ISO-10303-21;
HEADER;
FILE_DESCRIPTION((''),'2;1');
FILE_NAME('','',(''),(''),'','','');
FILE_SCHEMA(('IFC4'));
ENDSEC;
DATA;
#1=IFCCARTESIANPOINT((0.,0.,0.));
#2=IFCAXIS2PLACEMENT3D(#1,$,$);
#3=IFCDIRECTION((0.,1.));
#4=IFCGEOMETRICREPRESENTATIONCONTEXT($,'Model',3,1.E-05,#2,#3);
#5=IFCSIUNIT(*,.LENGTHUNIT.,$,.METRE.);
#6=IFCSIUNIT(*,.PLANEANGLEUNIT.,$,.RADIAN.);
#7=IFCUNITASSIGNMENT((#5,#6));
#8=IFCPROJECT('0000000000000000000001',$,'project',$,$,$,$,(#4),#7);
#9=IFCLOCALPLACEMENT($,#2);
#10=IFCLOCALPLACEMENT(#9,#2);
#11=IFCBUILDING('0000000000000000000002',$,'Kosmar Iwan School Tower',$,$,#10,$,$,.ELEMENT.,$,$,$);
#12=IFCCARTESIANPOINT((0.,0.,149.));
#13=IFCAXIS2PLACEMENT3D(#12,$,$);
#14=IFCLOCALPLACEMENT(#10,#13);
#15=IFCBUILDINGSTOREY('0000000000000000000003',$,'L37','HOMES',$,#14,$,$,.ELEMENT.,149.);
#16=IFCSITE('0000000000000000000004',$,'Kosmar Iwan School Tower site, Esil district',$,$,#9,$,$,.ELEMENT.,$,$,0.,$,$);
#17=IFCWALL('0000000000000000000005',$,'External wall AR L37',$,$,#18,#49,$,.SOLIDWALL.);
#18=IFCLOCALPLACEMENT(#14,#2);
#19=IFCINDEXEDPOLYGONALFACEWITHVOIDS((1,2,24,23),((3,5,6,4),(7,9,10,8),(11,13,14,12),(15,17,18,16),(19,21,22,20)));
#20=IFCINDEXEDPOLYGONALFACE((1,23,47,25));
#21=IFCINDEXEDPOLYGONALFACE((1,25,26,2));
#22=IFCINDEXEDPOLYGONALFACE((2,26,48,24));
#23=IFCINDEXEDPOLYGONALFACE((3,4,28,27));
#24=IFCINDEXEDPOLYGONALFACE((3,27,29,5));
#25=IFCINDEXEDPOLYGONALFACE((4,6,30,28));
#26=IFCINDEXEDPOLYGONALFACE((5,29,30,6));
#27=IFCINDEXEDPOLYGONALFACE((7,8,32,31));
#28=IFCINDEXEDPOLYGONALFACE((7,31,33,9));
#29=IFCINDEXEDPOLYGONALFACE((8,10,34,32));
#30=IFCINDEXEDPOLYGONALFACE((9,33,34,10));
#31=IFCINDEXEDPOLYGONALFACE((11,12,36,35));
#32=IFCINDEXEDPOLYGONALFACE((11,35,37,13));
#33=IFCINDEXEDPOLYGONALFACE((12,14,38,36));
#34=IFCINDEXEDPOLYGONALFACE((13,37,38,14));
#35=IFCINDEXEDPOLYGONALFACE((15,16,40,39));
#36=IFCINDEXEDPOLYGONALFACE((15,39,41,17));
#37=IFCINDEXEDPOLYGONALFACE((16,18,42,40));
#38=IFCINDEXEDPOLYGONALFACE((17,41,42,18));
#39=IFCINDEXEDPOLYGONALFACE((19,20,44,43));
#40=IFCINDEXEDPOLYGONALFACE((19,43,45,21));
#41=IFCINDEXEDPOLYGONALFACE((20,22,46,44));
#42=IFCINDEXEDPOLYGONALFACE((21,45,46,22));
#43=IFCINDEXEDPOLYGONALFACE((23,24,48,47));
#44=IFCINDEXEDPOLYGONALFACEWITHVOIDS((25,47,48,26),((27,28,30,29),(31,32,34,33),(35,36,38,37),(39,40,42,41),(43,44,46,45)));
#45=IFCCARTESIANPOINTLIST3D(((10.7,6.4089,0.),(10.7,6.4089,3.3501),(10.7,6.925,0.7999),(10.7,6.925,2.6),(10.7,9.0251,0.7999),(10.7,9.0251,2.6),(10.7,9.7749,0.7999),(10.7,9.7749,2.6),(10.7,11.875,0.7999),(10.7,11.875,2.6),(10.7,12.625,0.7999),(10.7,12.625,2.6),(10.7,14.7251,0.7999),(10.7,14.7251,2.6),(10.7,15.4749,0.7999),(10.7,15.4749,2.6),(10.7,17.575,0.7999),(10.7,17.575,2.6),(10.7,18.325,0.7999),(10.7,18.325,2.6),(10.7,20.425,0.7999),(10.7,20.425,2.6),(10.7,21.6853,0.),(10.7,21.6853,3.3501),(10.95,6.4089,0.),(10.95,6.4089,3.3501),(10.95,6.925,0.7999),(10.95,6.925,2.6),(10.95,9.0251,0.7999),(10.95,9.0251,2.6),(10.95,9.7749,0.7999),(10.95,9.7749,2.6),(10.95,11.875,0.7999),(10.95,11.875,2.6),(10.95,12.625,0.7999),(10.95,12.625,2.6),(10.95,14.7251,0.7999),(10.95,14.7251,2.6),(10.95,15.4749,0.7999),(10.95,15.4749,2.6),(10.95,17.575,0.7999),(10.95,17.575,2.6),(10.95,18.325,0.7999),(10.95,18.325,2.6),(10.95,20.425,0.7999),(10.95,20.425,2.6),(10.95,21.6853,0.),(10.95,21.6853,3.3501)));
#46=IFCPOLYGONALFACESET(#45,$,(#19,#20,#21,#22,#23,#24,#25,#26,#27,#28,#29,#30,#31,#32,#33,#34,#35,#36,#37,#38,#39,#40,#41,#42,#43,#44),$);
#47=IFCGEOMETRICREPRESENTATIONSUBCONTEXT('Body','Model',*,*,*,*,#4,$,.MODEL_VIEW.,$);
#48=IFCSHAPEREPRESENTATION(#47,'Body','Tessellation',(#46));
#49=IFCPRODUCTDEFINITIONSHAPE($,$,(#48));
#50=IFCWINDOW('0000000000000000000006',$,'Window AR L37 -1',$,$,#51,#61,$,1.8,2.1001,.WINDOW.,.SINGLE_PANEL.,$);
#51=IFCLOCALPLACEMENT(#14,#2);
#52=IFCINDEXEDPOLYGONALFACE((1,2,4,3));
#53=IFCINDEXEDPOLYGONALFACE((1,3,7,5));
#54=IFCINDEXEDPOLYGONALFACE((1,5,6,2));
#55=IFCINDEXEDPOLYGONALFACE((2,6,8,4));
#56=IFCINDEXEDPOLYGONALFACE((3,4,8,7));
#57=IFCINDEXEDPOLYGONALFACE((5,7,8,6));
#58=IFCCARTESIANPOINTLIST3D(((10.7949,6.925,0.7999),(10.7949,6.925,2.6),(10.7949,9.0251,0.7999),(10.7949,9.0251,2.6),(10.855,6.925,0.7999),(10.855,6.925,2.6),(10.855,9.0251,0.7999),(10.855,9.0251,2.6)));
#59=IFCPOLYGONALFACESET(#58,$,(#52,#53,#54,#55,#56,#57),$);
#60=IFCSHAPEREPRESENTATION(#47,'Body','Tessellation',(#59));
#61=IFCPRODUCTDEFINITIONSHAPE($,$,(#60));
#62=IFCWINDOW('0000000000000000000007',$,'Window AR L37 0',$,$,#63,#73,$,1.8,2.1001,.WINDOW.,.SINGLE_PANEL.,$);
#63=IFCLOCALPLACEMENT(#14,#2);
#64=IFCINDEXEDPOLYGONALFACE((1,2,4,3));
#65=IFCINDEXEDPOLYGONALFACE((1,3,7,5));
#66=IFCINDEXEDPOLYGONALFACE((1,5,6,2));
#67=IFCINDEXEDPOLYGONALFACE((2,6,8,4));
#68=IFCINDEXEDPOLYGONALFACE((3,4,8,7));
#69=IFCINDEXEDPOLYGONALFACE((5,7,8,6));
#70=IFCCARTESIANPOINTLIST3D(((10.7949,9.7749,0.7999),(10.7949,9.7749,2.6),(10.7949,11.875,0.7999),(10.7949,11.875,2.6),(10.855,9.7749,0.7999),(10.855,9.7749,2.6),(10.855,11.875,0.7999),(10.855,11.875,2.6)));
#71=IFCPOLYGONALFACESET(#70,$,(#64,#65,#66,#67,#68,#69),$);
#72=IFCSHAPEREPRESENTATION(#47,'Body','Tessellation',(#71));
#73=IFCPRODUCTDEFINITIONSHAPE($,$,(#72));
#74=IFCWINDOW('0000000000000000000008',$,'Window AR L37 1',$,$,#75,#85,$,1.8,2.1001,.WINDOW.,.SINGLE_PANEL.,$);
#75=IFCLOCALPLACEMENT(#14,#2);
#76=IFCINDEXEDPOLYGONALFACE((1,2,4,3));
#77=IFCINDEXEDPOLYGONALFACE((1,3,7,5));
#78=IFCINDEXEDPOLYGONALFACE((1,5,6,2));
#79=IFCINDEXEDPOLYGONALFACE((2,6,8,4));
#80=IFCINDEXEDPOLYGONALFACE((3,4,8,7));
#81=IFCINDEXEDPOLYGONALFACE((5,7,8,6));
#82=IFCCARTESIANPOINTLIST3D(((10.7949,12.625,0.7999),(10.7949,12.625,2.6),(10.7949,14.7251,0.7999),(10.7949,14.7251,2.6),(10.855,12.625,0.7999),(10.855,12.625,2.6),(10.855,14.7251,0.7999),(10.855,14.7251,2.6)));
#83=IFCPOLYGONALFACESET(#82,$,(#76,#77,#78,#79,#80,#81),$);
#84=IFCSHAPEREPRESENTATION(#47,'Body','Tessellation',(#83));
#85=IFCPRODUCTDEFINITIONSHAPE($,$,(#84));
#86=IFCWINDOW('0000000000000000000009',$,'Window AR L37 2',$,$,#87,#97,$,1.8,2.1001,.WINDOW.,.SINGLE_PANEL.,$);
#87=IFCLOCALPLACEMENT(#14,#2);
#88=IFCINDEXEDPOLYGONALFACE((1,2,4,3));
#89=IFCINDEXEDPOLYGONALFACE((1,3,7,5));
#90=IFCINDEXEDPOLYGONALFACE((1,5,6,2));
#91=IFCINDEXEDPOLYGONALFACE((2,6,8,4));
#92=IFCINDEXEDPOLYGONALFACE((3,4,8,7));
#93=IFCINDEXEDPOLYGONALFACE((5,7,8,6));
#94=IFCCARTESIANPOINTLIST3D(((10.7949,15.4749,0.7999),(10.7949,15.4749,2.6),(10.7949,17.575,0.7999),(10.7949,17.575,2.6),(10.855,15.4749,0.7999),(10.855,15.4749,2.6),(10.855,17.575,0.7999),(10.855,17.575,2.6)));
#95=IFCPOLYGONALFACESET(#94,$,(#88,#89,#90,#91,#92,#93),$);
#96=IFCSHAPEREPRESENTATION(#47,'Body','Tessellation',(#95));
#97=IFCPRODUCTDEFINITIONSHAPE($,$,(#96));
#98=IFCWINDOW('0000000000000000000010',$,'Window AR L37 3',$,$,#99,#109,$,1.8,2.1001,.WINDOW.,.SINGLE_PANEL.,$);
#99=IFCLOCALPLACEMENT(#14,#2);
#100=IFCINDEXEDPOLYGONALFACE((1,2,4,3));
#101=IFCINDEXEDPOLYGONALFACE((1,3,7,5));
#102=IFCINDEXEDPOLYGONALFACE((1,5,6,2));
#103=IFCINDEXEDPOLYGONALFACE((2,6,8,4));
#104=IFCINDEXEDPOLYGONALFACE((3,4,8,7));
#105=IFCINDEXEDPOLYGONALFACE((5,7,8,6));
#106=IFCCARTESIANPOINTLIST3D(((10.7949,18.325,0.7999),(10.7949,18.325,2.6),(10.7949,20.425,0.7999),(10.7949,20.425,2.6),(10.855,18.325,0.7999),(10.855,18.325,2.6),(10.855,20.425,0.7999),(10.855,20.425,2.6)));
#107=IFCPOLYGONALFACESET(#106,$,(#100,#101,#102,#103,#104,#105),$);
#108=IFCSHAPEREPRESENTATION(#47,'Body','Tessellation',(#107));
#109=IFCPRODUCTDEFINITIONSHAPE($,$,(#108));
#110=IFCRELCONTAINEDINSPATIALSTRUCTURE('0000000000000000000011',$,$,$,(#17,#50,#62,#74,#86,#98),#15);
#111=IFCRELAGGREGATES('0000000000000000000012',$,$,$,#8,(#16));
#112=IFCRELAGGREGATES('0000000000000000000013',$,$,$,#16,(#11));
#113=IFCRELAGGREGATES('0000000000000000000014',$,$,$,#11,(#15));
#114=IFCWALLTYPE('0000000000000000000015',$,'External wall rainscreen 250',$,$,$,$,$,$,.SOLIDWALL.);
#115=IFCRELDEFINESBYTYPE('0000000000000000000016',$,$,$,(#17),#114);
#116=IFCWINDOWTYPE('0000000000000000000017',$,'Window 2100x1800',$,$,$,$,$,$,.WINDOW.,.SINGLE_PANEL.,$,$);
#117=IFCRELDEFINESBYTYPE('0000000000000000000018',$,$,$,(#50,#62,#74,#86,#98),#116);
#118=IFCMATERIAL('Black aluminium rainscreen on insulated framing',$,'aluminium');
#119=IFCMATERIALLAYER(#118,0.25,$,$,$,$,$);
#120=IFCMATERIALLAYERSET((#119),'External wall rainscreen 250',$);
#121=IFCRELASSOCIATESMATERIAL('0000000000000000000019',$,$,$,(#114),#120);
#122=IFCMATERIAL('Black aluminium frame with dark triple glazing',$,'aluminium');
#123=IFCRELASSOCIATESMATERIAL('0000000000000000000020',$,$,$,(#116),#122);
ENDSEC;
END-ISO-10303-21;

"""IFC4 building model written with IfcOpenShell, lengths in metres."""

from ifc_helpers import new_model, si_unit, direction, frame, frame_2d, origin, place, context, subcontext, project, spatial, rectangle, extrude, material, layer, layer_set, type_object, element, fill, save


model = new_model("IFC4")

# Units and contexts
model_context = context("Model", 3, precision=1e-05, world=origin(), true_north=direction((0.0, 1.0)))
body_context = subcontext(model_context, "Body", "Model", "MODEL_VIEW")
ifc_project = project(units=[si_unit("LENGTHUNIT", "METRE"), si_unit("PLANEANGLEUNIT", "RADIAN")], contexts=[model_context])

# Site, building, storey
site_placement = place(None, origin())
site = spatial("IfcSite", under=ifc_project, at=site_placement, Name="Kosmar Iwan School Tower site, Esil district", CompositionType="ELEMENT", RefElevation=0.0)
building_placement = place(site_placement, origin())
building = spatial("IfcBuilding", under=site, at=building_placement, Name="Kosmar Iwan School Tower", CompositionType="ELEMENT")
storey_placement = place(building_placement, frame((0.0, 0.0, 149.0)))
storey = spatial("IfcBuildingStorey", under=building, at=storey_placement, Name="L37", Description="HOMES", CompositionType="ELEMENT", Elevation=149.0)

# Wall, openings, windows
ifc_material_1 = material(Name="Black aluminium rainscreen on insulated framing", Category="aluminium")
ifc_layer = layer(ifc_material_1, 0.25)
ifc_layer_set = layer_set([ifc_layer], Name="External wall rainscreen 250")
wall_type = type_object("IfcWallType", Name="External wall rainscreen 250", PredefinedType="SOLIDWALL", material=ifc_layer_set)
ifc_material_2 = material(Name="Black aluminium frame with dark triple glazing", Category="aluminium")
window_type = type_object("IfcWindowType", Name="Window 2100x1800", PartitioningType="SINGLE_PANEL", PredefinedType="WINDOW", material=ifc_material_2)
wall_1_placement = place(storey_placement, frame((10.825, 6.4089, 0.0), z_axis=(0.0, 0.0, 1.0), x_axis=(0.0, 1.0, 0.0)))
wall_1 = element("IfcWall", 1, at=wall_1_placement, inside=storey, type_object=wall_type, Name="External wall AR L37", PredefinedType="SOLIDWALL", context=body_context, shape_type="SweptSolid", body=[
    extrude(rectangle(XDim=15.2764, YDim=0.25, at=frame_2d((7.6382, 0.0))), origin(), (0.0, 0.0, 1.0), 3.3501),
])
opening_1_placement = place(wall_1_placement, frame((0.5161, 0.0, 0.8)))
opening_1 = element("IfcOpeningElement", 2, at=opening_1_placement, cuts=wall_1, PredefinedType="OPENING", context=body_context, shape_type="SweptSolid", body=[
    extrude(rectangle(XDim=2.1001, YDim=1.8, at=frame_2d((1.05, 0.8999))), frame((0.0, 0.137, 0.0), z_axis=(0.0, -1.0, 0.0), x_axis=(1.0, 0.0, 0.0)), (0.0, 0.0, 1.0), 0.2739),
])
opening_2_placement = place(wall_1_placement, frame((3.366, 0.0, 0.8)))
opening_2 = element("IfcOpeningElement", 3, at=opening_2_placement, cuts=wall_1, PredefinedType="OPENING", context=body_context, shape_type="SweptSolid", body=[
    extrude(rectangle(XDim=2.1001, YDim=1.8, at=frame_2d((1.05, 0.8999))), frame((0.0, 0.137, 0.0), z_axis=(0.0, -1.0, 0.0), x_axis=(1.0, 0.0, 0.0)), (0.0, 0.0, 1.0), 0.2739),
])
opening_3_placement = place(wall_1_placement, frame((6.2161, 0.0, 0.8)))
opening_3 = element("IfcOpeningElement", 4, at=opening_3_placement, cuts=wall_1, PredefinedType="OPENING", context=body_context, shape_type="SweptSolid", body=[
    extrude(rectangle(XDim=2.1001, YDim=1.8, at=frame_2d((1.05, 0.8999))), frame((0.0, 0.137, 0.0), z_axis=(0.0, -1.0, 0.0), x_axis=(1.0, 0.0, 0.0)), (0.0, 0.0, 1.0), 0.2739),
])
opening_4_placement = place(wall_1_placement, frame((9.0659, 0.0, 0.8)))
opening_4 = element("IfcOpeningElement", 5, at=opening_4_placement, cuts=wall_1, PredefinedType="OPENING", context=body_context, shape_type="SweptSolid", body=[
    extrude(rectangle(XDim=2.1001, YDim=1.8, at=frame_2d((1.05, 0.8999))), frame((0.0, 0.137, 0.0), z_axis=(0.0, -1.0, 0.0), x_axis=(1.0, 0.0, 0.0)), (0.0, 0.0, 1.0), 0.2739),
])
opening_5_placement = place(wall_1_placement, frame((11.916, 0.0, 0.8)))
opening_5 = element("IfcOpeningElement", 6, at=opening_5_placement, cuts=wall_1, PredefinedType="OPENING", context=body_context, shape_type="SweptSolid", body=[
    extrude(rectangle(XDim=2.1001, YDim=1.8, at=frame_2d((1.05, 0.8999))), frame((0.0, 0.137, 0.0), z_axis=(0.0, -1.0, 0.0), x_axis=(1.0, 0.0, 0.0)), (0.0, 0.0, 1.0), 0.2739),
])
window_1_placement = place(opening_1_placement, origin())
window_1 = element("IfcWindow", 7, at=window_1_placement, inside=storey, type_object=window_type, Name="Window AR L37 -1", OverallHeight=1.8, OverallWidth=2.1001, PartitioningType="SINGLE_PANEL", PredefinedType="WINDOW", context=body_context, shape_type="SweptSolid", body=[
    extrude(rectangle(XDim=2.1001, YDim=1.8, at=frame_2d((1.05, 0.8999))), frame((0.0, 0.03, 0.0), z_axis=(0.0, -1.0, 0.0), x_axis=(1.0, 0.0, 0.0)), (0.0, 0.0, 1.0), 0.0601),
])
fill(opening_1, window_1)
window_2_placement = place(opening_2_placement, origin())
window_2 = element("IfcWindow", 8, at=window_2_placement, inside=storey, type_object=window_type, Name="Window AR L37 0", OverallHeight=1.8, OverallWidth=2.1001, PartitioningType="SINGLE_PANEL", PredefinedType="WINDOW", context=body_context, shape_type="SweptSolid", body=[
    extrude(rectangle(XDim=2.1001, YDim=1.8, at=frame_2d((1.05, 0.8999))), frame((0.0, 0.03, 0.0), z_axis=(0.0, -1.0, 0.0), x_axis=(1.0, 0.0, 0.0)), (0.0, 0.0, 1.0), 0.0601),
])
fill(opening_2, window_2)
window_3_placement = place(opening_3_placement, origin())
window_3 = element("IfcWindow", 9, at=window_3_placement, inside=storey, type_object=window_type, Name="Window AR L37 1", OverallHeight=1.8, OverallWidth=2.1001, PartitioningType="SINGLE_PANEL", PredefinedType="WINDOW", context=body_context, shape_type="SweptSolid", body=[
    extrude(rectangle(XDim=2.1001, YDim=1.8, at=frame_2d((1.05, 0.8999))), frame((0.0, 0.03, 0.0), z_axis=(0.0, -1.0, 0.0), x_axis=(1.0, 0.0, 0.0)), (0.0, 0.0, 1.0), 0.0601),
])
fill(opening_3, window_3)
window_4_placement = place(opening_4_placement, origin())
window_4 = element("IfcWindow", 10, at=window_4_placement, inside=storey, type_object=window_type, Name="Window AR L37 2", OverallHeight=1.8, OverallWidth=2.1001, PartitioningType="SINGLE_PANEL", PredefinedType="WINDOW", context=body_context, shape_type="SweptSolid", body=[
    extrude(rectangle(XDim=2.1001, YDim=1.8, at=frame_2d((1.05, 0.8999))), frame((0.0, 0.03, 0.0), z_axis=(0.0, -1.0, 0.0), x_axis=(1.0, 0.0, 0.0)), (0.0, 0.0, 1.0), 0.0601),
])
fill(opening_4, window_4)
window_5_placement = place(opening_5_placement, origin())
window_5 = element("IfcWindow", 11, at=window_5_placement, inside=storey, type_object=window_type, Name="Window AR L37 3", OverallHeight=1.8, OverallWidth=2.1001, PartitioningType="SINGLE_PANEL", PredefinedType="WINDOW", context=body_context, shape_type="SweptSolid", body=[
    extrude(rectangle(XDim=2.1001, YDim=1.8, at=frame_2d((1.05, 0.8999))), frame((0.0, 0.03, 0.0), z_axis=(0.0, -1.0, 0.0), x_axis=(1.0, 0.0, 0.0)), (0.0, 0.0, 1.0), 0.0601),
])
fill(opening_5, window_5)

save(model, "model.ifc")
